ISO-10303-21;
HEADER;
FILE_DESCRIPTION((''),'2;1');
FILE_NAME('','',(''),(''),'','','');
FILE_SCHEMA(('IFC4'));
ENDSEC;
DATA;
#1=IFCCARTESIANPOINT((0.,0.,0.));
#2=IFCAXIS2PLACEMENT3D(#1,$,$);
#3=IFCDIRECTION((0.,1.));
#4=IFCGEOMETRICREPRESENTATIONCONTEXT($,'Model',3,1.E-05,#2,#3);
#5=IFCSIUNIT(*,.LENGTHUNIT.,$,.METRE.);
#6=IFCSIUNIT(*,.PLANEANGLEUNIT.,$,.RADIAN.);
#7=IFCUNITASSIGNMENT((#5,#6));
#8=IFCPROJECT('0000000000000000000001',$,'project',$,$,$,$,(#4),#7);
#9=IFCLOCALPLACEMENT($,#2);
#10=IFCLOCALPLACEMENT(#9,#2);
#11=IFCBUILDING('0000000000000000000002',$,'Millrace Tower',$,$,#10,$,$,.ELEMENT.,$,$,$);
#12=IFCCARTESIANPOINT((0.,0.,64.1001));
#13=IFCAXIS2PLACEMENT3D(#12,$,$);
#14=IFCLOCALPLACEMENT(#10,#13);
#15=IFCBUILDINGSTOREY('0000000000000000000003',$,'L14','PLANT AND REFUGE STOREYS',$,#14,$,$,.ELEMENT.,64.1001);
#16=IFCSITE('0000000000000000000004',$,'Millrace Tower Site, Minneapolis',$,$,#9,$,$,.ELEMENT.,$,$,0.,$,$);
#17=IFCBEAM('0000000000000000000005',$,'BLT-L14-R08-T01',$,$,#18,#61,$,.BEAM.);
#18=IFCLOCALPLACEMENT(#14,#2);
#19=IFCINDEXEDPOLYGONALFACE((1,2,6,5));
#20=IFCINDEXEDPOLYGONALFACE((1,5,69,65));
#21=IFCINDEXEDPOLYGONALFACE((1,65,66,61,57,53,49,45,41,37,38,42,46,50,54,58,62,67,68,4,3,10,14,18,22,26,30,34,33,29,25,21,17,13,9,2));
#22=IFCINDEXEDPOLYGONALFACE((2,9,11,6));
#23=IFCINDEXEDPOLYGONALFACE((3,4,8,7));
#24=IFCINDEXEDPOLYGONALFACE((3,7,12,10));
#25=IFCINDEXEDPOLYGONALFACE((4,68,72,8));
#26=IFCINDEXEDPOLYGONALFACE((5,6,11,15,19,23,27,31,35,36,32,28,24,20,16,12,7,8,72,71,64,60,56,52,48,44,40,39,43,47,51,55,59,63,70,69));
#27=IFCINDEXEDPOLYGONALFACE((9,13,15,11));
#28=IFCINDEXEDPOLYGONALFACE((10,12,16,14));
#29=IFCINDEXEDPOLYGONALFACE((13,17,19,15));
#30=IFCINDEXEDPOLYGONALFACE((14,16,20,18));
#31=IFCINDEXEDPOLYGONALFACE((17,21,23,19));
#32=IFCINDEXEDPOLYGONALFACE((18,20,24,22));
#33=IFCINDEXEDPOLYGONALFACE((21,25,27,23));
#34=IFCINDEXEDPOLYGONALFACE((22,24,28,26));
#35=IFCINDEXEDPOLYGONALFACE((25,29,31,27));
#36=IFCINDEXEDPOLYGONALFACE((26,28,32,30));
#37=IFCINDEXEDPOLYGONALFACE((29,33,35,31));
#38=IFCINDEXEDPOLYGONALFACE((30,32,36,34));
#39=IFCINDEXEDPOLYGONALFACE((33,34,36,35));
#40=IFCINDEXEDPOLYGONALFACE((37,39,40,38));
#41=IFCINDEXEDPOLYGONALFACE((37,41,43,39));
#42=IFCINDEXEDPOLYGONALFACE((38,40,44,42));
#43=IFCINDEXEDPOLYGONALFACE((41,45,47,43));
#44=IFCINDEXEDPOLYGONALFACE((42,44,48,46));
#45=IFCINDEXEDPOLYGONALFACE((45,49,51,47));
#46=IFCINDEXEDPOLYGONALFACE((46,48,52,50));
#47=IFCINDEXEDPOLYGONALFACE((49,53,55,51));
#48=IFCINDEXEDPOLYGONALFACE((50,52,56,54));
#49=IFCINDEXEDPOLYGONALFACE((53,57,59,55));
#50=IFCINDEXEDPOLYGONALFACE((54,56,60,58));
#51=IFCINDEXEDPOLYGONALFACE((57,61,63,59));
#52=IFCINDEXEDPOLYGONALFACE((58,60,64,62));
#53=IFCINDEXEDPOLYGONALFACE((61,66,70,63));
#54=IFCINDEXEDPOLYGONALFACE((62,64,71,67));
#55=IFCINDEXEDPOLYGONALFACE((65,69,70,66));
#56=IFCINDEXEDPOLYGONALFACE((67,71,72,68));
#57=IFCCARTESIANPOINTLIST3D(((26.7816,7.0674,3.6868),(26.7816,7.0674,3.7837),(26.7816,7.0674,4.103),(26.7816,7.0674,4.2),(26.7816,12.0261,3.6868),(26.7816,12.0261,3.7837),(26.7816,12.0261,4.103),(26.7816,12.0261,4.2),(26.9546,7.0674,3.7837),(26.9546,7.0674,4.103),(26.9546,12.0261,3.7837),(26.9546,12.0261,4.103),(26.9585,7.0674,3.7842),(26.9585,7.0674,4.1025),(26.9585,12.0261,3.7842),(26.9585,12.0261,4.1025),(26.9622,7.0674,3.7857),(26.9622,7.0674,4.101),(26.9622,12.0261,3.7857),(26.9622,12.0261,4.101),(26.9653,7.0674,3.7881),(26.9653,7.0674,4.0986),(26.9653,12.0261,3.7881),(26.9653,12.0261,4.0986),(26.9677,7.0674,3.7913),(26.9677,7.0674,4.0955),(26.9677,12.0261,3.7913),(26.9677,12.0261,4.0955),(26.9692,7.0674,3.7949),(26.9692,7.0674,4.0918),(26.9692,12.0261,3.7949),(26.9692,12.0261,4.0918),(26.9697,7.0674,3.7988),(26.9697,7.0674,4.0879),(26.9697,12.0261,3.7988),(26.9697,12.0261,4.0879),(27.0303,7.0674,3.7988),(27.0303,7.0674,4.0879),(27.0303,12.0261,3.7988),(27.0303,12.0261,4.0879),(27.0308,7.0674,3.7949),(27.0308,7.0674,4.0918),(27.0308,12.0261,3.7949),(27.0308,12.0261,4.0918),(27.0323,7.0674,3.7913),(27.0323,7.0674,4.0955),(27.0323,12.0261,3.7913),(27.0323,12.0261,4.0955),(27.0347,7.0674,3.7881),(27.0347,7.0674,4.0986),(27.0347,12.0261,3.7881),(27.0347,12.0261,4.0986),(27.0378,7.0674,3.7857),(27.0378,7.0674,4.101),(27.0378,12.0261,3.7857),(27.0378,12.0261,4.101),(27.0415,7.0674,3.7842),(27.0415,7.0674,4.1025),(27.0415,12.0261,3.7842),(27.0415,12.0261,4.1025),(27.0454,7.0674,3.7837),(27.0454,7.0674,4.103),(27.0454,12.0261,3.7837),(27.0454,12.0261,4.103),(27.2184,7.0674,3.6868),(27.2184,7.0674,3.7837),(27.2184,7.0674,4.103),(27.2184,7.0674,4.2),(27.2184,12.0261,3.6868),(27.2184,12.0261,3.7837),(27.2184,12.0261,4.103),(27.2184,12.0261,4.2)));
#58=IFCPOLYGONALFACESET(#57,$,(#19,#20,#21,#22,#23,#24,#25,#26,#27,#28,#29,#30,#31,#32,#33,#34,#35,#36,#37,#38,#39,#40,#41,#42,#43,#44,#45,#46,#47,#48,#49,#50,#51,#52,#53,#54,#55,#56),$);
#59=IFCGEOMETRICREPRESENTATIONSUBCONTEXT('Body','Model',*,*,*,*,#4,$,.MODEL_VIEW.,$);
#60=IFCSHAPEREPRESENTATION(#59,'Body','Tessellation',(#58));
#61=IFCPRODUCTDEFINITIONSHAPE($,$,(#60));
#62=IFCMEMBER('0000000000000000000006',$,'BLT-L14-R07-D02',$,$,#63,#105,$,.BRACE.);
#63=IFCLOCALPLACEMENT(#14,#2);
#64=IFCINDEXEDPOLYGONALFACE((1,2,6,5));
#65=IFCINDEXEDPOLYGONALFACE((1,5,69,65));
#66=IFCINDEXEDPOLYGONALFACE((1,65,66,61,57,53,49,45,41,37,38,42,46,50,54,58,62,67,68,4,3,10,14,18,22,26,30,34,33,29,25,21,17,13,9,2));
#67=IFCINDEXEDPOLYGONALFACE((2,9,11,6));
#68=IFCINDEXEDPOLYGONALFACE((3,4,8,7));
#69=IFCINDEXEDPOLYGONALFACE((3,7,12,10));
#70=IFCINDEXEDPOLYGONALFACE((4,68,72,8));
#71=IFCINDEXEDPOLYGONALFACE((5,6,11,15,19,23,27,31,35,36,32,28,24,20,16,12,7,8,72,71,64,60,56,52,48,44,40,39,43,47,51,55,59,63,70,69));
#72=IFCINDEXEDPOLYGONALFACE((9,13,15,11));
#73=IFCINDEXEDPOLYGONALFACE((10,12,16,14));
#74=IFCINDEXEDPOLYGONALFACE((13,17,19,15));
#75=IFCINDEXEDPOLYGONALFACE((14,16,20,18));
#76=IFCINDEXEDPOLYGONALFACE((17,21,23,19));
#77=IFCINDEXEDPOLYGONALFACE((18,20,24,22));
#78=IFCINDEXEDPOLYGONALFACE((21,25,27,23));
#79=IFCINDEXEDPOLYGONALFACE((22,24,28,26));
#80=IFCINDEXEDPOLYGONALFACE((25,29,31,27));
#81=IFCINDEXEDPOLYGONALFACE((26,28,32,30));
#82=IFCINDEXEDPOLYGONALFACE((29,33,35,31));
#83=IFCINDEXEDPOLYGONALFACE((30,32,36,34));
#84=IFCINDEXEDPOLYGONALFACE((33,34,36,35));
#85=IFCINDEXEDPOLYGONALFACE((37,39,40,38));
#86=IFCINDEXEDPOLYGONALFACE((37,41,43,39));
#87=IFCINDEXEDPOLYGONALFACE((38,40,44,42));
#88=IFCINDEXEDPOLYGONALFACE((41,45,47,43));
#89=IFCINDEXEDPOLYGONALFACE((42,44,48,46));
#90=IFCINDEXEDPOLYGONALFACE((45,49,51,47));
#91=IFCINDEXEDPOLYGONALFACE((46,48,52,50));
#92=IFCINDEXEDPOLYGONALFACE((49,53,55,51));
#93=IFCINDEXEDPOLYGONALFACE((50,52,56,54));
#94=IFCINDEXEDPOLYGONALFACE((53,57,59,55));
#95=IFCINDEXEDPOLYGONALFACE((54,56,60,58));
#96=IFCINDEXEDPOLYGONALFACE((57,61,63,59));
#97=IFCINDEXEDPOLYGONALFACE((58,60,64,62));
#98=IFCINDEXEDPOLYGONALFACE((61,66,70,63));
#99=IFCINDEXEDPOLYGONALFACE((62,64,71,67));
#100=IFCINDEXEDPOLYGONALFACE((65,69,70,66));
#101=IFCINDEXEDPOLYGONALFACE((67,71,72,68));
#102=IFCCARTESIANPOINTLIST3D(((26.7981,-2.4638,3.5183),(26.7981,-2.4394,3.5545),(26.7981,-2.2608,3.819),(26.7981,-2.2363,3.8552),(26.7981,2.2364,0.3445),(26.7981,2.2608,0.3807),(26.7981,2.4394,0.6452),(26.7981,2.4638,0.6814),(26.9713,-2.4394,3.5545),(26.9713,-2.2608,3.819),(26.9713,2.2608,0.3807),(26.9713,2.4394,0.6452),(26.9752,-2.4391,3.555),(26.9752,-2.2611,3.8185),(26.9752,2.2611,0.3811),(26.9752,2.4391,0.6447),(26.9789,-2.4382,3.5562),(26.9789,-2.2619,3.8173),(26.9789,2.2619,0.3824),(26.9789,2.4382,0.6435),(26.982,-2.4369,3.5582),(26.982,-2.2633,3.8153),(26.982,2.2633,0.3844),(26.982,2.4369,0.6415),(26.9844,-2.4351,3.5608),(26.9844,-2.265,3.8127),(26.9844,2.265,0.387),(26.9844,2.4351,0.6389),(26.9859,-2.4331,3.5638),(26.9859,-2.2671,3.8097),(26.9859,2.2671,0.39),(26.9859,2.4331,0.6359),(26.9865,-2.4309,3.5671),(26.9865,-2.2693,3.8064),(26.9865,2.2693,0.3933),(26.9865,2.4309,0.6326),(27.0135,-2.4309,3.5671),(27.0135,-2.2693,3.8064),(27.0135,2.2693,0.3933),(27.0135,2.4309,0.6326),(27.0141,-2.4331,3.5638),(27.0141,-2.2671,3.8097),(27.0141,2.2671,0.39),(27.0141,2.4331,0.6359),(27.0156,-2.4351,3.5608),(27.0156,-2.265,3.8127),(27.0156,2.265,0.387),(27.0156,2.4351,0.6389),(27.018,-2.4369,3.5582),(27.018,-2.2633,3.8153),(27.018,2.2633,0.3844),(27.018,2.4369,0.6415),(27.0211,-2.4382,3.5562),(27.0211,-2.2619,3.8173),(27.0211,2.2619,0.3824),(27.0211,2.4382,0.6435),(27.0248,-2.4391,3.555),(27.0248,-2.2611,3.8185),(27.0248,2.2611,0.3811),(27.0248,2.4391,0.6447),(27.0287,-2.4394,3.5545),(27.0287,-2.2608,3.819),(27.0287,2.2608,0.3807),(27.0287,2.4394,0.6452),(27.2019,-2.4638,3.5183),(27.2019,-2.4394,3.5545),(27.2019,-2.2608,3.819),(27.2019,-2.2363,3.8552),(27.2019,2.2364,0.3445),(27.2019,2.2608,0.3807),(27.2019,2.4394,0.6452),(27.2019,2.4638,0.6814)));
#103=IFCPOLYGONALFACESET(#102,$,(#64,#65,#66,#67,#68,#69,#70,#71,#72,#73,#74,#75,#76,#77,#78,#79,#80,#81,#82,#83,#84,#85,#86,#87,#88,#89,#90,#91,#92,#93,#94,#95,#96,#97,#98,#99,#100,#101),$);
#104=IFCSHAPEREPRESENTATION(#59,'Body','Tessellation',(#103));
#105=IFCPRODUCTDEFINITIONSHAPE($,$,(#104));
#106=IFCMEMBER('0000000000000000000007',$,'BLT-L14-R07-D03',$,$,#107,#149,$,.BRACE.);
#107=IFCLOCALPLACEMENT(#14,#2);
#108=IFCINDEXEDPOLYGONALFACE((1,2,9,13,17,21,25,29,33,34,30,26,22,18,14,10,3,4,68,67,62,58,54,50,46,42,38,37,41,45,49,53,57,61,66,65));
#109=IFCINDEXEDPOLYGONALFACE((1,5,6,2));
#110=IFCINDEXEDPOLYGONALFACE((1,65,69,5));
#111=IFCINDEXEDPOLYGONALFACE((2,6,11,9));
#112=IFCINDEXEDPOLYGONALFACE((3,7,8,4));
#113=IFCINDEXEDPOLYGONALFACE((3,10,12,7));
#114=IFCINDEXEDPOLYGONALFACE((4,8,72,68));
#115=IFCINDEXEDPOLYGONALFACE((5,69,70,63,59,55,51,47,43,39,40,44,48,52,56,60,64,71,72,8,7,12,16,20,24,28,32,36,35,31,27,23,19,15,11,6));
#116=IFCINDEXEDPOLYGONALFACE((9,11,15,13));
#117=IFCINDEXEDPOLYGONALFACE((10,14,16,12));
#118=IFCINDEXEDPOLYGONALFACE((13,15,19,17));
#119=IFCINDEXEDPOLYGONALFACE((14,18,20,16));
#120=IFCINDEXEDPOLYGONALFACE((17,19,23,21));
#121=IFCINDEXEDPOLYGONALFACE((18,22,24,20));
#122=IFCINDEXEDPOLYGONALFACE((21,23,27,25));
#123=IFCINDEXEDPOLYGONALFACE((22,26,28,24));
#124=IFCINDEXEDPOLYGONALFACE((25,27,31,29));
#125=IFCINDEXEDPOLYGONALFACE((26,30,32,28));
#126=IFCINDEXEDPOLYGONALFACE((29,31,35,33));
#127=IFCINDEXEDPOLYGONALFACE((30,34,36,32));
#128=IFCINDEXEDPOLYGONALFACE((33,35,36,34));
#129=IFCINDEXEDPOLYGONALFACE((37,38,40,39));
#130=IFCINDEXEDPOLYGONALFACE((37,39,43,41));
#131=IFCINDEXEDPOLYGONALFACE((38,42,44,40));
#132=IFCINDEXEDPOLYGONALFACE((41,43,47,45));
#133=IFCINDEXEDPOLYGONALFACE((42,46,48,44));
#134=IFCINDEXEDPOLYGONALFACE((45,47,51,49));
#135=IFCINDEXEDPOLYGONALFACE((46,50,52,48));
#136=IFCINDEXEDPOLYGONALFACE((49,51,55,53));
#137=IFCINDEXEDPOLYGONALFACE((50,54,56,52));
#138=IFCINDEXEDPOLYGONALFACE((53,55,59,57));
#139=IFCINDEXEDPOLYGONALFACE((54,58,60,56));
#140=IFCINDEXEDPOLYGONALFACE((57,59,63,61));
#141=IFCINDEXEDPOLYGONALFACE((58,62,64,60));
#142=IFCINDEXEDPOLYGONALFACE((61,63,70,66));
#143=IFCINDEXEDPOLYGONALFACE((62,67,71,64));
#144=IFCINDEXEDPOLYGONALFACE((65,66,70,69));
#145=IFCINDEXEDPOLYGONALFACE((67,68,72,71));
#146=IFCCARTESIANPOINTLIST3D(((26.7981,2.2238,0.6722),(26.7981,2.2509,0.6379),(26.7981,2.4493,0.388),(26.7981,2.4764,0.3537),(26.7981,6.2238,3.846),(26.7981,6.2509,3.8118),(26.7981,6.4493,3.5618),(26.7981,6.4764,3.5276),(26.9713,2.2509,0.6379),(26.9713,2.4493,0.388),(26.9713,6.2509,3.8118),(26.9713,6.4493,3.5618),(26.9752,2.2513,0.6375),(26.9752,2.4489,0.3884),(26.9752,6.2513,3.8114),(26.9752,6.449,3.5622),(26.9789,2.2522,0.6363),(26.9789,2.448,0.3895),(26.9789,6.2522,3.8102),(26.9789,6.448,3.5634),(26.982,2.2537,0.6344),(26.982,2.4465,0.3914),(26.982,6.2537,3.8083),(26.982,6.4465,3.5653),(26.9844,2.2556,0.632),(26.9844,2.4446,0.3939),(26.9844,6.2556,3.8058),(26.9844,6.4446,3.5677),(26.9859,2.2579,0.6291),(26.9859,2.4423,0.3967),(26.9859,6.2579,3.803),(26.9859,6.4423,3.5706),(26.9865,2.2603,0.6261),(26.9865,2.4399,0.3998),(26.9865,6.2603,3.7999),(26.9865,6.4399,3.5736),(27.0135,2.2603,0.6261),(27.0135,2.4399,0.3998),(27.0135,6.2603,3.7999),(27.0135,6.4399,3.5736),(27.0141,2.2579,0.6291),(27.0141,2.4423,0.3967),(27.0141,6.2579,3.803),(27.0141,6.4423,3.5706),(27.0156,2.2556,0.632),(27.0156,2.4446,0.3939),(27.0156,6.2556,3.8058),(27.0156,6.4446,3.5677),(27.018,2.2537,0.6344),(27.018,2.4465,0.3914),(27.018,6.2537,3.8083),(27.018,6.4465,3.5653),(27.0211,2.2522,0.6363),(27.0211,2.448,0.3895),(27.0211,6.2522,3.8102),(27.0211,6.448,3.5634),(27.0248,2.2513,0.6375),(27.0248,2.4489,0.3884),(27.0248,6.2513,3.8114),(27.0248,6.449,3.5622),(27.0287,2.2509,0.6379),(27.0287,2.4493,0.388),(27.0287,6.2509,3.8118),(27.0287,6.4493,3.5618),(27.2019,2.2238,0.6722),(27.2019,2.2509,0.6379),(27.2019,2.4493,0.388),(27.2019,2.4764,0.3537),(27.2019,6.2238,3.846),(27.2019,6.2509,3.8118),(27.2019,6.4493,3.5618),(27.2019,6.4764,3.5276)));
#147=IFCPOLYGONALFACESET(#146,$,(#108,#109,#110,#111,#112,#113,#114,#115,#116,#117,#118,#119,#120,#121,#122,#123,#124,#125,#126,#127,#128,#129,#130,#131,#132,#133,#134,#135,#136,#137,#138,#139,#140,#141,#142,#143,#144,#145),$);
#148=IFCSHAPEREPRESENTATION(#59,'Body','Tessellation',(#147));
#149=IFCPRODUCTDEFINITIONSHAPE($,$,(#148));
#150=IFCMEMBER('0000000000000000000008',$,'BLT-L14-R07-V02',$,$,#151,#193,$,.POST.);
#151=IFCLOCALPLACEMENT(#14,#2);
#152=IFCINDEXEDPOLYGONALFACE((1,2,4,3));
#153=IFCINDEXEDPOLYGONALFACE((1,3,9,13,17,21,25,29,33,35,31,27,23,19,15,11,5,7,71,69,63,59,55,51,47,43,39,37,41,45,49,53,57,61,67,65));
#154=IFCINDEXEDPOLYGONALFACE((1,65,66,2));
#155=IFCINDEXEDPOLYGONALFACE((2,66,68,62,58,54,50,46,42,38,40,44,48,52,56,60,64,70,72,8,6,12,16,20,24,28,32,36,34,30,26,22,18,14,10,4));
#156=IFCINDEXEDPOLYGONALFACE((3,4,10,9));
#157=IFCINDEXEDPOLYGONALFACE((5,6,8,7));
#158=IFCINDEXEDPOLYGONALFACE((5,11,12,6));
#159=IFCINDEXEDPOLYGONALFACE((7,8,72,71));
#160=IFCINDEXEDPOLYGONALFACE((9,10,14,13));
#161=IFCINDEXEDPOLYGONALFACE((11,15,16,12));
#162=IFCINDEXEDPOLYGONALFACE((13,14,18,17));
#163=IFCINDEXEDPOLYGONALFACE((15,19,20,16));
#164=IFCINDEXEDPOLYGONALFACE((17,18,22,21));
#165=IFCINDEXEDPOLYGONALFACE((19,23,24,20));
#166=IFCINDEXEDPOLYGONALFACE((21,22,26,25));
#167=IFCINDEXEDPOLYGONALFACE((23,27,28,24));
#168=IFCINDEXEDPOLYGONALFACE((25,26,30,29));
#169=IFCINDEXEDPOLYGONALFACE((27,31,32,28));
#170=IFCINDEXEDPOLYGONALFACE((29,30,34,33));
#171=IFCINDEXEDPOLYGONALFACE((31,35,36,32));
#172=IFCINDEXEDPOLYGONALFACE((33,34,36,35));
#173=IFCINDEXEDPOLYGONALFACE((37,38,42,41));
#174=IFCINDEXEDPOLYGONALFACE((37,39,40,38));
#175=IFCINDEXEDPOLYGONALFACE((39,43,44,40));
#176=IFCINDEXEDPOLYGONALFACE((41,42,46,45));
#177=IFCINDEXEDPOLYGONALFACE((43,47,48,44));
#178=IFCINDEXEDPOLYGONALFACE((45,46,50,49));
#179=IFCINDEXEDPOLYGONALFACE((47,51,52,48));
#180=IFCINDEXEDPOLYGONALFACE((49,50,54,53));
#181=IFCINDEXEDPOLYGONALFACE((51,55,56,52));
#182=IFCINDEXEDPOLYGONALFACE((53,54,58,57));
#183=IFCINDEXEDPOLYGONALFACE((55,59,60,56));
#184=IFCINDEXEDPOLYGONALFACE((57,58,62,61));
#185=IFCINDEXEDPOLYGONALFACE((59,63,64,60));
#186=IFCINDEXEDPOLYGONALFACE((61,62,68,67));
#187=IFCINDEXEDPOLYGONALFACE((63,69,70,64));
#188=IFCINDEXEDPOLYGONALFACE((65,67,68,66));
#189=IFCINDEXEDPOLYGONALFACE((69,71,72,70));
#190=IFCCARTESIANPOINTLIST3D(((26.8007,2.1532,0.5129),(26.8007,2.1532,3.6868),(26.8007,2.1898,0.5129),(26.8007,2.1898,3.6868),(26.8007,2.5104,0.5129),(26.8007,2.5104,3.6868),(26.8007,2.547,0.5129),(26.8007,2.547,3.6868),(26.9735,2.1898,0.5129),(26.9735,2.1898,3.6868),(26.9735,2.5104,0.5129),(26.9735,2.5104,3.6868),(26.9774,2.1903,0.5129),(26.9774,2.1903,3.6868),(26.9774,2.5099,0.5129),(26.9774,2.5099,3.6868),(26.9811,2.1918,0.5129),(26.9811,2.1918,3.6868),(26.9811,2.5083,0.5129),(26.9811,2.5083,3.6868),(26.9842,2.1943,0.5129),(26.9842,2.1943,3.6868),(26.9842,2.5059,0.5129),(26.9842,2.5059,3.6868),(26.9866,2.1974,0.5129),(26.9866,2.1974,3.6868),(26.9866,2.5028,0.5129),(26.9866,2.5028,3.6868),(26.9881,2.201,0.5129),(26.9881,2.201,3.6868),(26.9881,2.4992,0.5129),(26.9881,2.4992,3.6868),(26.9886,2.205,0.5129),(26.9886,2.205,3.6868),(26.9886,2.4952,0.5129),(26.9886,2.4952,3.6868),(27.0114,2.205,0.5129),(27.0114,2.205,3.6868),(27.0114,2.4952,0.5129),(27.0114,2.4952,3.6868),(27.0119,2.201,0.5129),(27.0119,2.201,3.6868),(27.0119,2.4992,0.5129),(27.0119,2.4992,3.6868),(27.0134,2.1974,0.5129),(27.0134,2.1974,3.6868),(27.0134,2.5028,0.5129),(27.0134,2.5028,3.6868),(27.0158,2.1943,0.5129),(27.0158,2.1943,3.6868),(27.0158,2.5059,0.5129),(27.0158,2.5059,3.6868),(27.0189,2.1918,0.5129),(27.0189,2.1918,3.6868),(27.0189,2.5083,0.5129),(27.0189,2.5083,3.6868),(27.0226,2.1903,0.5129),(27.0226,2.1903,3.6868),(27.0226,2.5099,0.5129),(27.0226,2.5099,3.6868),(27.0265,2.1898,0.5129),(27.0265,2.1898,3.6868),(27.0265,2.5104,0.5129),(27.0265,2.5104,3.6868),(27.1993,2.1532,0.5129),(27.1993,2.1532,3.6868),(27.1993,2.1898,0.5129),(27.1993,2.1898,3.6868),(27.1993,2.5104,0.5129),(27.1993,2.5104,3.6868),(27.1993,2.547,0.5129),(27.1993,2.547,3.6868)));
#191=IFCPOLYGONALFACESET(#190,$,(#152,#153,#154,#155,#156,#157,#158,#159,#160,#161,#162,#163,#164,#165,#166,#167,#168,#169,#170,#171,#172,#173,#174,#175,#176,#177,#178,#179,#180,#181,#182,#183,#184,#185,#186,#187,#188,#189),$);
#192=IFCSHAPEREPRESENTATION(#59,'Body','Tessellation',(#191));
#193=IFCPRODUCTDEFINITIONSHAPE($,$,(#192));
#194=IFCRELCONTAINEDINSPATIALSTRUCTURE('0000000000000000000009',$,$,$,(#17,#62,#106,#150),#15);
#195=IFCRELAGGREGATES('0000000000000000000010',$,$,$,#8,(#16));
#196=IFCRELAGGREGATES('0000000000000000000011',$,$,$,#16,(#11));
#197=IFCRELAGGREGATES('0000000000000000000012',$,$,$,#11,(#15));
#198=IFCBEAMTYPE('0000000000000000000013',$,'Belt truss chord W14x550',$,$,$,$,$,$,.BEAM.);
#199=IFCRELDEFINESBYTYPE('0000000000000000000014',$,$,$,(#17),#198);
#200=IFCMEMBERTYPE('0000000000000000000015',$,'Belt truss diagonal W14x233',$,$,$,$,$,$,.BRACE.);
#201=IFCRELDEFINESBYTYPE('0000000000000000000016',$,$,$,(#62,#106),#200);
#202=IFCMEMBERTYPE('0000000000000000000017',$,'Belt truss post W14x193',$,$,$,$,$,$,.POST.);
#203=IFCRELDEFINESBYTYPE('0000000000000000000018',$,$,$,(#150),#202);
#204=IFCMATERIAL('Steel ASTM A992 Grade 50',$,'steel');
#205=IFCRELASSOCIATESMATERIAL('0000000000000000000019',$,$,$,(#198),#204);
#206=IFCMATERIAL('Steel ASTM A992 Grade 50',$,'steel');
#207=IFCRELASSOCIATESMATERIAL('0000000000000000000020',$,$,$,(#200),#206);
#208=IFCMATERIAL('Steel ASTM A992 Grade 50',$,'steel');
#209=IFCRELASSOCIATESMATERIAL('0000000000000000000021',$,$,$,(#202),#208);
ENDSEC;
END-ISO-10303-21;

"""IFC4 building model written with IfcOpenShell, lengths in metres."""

from ifc_helpers import new_model, si_unit, direction, frame, origin, origin_2d, place, context, subcontext, project, spatial, i_section, extrude, material, material_profile, profile_set, type_object, element, save


model = new_model("IFC4")

# Units and contexts
model_context = context("Model", 3, precision=1e-05, world=origin(), true_north=direction((0.0, 1.0)))
body_context = subcontext(model_context, "Body", "Model", "MODEL_VIEW")
ifc_project = project(units=[si_unit("LENGTHUNIT", "METRE"), si_unit("PLANEANGLEUNIT", "RADIAN")], contexts=[model_context])

# Site, building, storey
site_placement = place(None, origin())
site = spatial("IfcSite", under=ifc_project, at=site_placement, Name="Millrace Tower Site, Minneapolis", CompositionType="ELEMENT", RefElevation=0.0)
building_placement = place(site_placement, origin())
building = spatial("IfcBuilding", under=site, at=building_placement, Name="Millrace Tower", CompositionType="ELEMENT")
storey_placement = place(building_placement, frame((0.0, 0.0, 64.1001)))
storey = spatial("IfcBuildingStorey", under=building, at=storey_placement, Name="L14", Description="PLANT AND REFUGE STOREYS", CompositionType="ELEMENT", Elevation=64.1001)

# Beam
ifc_material_1 = material(Name="Steel ASTM A992 Grade 50", Category="steel")
ifc_material_profile_1 = material_profile(ifc_material_1, i_section(OverallWidth=0.4368, OverallDepth=0.5132, WebThickness=0.0605, FlangeThickness=0.0969, FilletRadius=0.0151, at=origin_2d()))
ifc_profile_set_1 = profile_set([ifc_material_profile_1], Name="Steel ASTM A992 Grade 50")
beam_type_1 = type_object("IfcBeamType", Name="Belt truss chord W14x550", PredefinedType="BEAM", material=ifc_profile_set_1)
beam_1_placement = place(storey_placement, frame((27.0, 7.0674, 3.9434), z_axis=(0.0, 1.0, 0.0), x_axis=(-1.0, 0.0, 0.0)))
element("IfcBeam", 1, at=beam_1_placement, inside=storey, type_object=beam_type_1, Name="BLT-L14-R08-T01", PredefinedType="BEAM", context=body_context, shape_type="SweptSolid", body=[
    extrude(i_section(OverallWidth=0.4368, OverallDepth=0.5132, WebThickness=0.0605, FlangeThickness=0.0969, FilletRadius=0.0151, at=origin_2d()), origin(), (0.0, 0.0, 1.0), 4.9587),
])

# Members
ifc_material_2 = material(Name="Steel ASTM A992 Grade 50", Category="steel")
ifc_material_profile_2 = material_profile(ifc_material_2, i_section(OverallWidth=0.4038, OverallDepth=0.4065, WebThickness=0.0271, FlangeThickness=0.0437, FilletRadius=0.0151, at=origin_2d()))
ifc_profile_set_2 = profile_set([ifc_material_profile_2], Name="Steel ASTM A992 Grade 50")
member_type_1 = type_object("IfcMemberType", Name="Belt truss diagonal W14x233", PredefinedType="BRACE", material=ifc_profile_set_2)
member_1_placement = place(storey_placement, frame((27.0, 2.3501, 0.5129), z_axis=(0.0, -0.828751, 0.559618), x_axis=(1.0, 0.0, 0.0)))
element("IfcMember", 2, at=member_1_placement, inside=storey, type_object=member_type_1, Name="BLT-L14-R07-D02", PredefinedType="BRACE", context=body_context, shape_type="SweptSolid", body=[
    extrude(i_section(OverallWidth=0.4038, OverallDepth=0.4065, WebThickness=0.0271, FlangeThickness=0.0437, FilletRadius=0.0151, at=origin_2d()), origin(), (0.0, 0.0, 1.0), 5.6714),
])
member_2_placement = place(storey_placement, frame((27.0, 2.3501, 0.5129), z_axis=(0.0, 0.783363, 0.621565), x_axis=(-1.0, 0.0, 0.0)))
element("IfcMember", 3, at=member_2_placement, inside=storey, type_object=member_type_1, Name="BLT-L14-R07-D03", PredefinedType="BRACE", context=body_context, shape_type="SweptSolid", body=[
    extrude(i_section(OverallWidth=0.4038, OverallDepth=0.4065, WebThickness=0.0271, FlangeThickness=0.0437, FilletRadius=0.0151, at=origin_2d()), origin(), (0.0, 0.0, 1.0), 5.1062),
])
ifc_material_3 = material(Name="Steel ASTM A992 Grade 50", Category="steel")
ifc_material_profile_3 = material_profile(ifc_material_3, i_section(OverallWidth=0.3987, OverallDepth=0.3938, WebThickness=0.0227, FlangeThickness=0.0366, FilletRadius=0.0151, at=origin_2d()))
ifc_profile_set_3 = profile_set([ifc_material_profile_3], Name="Steel ASTM A992 Grade 50")
member_type_2 = type_object("IfcMemberType", Name="Belt truss post W14x193", PredefinedType="POST", material=ifc_profile_set_3)
member_3_placement = place(storey_placement, frame((27.0, 2.3501, 0.5129), z_axis=(0.0, 0.0, 1.0), x_axis=(1.0, 0.0, 0.0)))
element("IfcMember", 4, at=member_3_placement, inside=storey, type_object=member_type_2, Name="BLT-L14-R07-V02", PredefinedType="POST", context=body_context, shape_type="SweptSolid", body=[
    extrude(i_section(OverallWidth=0.3987, OverallDepth=0.3938, WebThickness=0.0227, FlangeThickness=0.0366, FilletRadius=0.0151, at=origin_2d()), origin(), (0.0, 0.0, 1.0), 3.1738),
])

save(model, "model.ifc")
